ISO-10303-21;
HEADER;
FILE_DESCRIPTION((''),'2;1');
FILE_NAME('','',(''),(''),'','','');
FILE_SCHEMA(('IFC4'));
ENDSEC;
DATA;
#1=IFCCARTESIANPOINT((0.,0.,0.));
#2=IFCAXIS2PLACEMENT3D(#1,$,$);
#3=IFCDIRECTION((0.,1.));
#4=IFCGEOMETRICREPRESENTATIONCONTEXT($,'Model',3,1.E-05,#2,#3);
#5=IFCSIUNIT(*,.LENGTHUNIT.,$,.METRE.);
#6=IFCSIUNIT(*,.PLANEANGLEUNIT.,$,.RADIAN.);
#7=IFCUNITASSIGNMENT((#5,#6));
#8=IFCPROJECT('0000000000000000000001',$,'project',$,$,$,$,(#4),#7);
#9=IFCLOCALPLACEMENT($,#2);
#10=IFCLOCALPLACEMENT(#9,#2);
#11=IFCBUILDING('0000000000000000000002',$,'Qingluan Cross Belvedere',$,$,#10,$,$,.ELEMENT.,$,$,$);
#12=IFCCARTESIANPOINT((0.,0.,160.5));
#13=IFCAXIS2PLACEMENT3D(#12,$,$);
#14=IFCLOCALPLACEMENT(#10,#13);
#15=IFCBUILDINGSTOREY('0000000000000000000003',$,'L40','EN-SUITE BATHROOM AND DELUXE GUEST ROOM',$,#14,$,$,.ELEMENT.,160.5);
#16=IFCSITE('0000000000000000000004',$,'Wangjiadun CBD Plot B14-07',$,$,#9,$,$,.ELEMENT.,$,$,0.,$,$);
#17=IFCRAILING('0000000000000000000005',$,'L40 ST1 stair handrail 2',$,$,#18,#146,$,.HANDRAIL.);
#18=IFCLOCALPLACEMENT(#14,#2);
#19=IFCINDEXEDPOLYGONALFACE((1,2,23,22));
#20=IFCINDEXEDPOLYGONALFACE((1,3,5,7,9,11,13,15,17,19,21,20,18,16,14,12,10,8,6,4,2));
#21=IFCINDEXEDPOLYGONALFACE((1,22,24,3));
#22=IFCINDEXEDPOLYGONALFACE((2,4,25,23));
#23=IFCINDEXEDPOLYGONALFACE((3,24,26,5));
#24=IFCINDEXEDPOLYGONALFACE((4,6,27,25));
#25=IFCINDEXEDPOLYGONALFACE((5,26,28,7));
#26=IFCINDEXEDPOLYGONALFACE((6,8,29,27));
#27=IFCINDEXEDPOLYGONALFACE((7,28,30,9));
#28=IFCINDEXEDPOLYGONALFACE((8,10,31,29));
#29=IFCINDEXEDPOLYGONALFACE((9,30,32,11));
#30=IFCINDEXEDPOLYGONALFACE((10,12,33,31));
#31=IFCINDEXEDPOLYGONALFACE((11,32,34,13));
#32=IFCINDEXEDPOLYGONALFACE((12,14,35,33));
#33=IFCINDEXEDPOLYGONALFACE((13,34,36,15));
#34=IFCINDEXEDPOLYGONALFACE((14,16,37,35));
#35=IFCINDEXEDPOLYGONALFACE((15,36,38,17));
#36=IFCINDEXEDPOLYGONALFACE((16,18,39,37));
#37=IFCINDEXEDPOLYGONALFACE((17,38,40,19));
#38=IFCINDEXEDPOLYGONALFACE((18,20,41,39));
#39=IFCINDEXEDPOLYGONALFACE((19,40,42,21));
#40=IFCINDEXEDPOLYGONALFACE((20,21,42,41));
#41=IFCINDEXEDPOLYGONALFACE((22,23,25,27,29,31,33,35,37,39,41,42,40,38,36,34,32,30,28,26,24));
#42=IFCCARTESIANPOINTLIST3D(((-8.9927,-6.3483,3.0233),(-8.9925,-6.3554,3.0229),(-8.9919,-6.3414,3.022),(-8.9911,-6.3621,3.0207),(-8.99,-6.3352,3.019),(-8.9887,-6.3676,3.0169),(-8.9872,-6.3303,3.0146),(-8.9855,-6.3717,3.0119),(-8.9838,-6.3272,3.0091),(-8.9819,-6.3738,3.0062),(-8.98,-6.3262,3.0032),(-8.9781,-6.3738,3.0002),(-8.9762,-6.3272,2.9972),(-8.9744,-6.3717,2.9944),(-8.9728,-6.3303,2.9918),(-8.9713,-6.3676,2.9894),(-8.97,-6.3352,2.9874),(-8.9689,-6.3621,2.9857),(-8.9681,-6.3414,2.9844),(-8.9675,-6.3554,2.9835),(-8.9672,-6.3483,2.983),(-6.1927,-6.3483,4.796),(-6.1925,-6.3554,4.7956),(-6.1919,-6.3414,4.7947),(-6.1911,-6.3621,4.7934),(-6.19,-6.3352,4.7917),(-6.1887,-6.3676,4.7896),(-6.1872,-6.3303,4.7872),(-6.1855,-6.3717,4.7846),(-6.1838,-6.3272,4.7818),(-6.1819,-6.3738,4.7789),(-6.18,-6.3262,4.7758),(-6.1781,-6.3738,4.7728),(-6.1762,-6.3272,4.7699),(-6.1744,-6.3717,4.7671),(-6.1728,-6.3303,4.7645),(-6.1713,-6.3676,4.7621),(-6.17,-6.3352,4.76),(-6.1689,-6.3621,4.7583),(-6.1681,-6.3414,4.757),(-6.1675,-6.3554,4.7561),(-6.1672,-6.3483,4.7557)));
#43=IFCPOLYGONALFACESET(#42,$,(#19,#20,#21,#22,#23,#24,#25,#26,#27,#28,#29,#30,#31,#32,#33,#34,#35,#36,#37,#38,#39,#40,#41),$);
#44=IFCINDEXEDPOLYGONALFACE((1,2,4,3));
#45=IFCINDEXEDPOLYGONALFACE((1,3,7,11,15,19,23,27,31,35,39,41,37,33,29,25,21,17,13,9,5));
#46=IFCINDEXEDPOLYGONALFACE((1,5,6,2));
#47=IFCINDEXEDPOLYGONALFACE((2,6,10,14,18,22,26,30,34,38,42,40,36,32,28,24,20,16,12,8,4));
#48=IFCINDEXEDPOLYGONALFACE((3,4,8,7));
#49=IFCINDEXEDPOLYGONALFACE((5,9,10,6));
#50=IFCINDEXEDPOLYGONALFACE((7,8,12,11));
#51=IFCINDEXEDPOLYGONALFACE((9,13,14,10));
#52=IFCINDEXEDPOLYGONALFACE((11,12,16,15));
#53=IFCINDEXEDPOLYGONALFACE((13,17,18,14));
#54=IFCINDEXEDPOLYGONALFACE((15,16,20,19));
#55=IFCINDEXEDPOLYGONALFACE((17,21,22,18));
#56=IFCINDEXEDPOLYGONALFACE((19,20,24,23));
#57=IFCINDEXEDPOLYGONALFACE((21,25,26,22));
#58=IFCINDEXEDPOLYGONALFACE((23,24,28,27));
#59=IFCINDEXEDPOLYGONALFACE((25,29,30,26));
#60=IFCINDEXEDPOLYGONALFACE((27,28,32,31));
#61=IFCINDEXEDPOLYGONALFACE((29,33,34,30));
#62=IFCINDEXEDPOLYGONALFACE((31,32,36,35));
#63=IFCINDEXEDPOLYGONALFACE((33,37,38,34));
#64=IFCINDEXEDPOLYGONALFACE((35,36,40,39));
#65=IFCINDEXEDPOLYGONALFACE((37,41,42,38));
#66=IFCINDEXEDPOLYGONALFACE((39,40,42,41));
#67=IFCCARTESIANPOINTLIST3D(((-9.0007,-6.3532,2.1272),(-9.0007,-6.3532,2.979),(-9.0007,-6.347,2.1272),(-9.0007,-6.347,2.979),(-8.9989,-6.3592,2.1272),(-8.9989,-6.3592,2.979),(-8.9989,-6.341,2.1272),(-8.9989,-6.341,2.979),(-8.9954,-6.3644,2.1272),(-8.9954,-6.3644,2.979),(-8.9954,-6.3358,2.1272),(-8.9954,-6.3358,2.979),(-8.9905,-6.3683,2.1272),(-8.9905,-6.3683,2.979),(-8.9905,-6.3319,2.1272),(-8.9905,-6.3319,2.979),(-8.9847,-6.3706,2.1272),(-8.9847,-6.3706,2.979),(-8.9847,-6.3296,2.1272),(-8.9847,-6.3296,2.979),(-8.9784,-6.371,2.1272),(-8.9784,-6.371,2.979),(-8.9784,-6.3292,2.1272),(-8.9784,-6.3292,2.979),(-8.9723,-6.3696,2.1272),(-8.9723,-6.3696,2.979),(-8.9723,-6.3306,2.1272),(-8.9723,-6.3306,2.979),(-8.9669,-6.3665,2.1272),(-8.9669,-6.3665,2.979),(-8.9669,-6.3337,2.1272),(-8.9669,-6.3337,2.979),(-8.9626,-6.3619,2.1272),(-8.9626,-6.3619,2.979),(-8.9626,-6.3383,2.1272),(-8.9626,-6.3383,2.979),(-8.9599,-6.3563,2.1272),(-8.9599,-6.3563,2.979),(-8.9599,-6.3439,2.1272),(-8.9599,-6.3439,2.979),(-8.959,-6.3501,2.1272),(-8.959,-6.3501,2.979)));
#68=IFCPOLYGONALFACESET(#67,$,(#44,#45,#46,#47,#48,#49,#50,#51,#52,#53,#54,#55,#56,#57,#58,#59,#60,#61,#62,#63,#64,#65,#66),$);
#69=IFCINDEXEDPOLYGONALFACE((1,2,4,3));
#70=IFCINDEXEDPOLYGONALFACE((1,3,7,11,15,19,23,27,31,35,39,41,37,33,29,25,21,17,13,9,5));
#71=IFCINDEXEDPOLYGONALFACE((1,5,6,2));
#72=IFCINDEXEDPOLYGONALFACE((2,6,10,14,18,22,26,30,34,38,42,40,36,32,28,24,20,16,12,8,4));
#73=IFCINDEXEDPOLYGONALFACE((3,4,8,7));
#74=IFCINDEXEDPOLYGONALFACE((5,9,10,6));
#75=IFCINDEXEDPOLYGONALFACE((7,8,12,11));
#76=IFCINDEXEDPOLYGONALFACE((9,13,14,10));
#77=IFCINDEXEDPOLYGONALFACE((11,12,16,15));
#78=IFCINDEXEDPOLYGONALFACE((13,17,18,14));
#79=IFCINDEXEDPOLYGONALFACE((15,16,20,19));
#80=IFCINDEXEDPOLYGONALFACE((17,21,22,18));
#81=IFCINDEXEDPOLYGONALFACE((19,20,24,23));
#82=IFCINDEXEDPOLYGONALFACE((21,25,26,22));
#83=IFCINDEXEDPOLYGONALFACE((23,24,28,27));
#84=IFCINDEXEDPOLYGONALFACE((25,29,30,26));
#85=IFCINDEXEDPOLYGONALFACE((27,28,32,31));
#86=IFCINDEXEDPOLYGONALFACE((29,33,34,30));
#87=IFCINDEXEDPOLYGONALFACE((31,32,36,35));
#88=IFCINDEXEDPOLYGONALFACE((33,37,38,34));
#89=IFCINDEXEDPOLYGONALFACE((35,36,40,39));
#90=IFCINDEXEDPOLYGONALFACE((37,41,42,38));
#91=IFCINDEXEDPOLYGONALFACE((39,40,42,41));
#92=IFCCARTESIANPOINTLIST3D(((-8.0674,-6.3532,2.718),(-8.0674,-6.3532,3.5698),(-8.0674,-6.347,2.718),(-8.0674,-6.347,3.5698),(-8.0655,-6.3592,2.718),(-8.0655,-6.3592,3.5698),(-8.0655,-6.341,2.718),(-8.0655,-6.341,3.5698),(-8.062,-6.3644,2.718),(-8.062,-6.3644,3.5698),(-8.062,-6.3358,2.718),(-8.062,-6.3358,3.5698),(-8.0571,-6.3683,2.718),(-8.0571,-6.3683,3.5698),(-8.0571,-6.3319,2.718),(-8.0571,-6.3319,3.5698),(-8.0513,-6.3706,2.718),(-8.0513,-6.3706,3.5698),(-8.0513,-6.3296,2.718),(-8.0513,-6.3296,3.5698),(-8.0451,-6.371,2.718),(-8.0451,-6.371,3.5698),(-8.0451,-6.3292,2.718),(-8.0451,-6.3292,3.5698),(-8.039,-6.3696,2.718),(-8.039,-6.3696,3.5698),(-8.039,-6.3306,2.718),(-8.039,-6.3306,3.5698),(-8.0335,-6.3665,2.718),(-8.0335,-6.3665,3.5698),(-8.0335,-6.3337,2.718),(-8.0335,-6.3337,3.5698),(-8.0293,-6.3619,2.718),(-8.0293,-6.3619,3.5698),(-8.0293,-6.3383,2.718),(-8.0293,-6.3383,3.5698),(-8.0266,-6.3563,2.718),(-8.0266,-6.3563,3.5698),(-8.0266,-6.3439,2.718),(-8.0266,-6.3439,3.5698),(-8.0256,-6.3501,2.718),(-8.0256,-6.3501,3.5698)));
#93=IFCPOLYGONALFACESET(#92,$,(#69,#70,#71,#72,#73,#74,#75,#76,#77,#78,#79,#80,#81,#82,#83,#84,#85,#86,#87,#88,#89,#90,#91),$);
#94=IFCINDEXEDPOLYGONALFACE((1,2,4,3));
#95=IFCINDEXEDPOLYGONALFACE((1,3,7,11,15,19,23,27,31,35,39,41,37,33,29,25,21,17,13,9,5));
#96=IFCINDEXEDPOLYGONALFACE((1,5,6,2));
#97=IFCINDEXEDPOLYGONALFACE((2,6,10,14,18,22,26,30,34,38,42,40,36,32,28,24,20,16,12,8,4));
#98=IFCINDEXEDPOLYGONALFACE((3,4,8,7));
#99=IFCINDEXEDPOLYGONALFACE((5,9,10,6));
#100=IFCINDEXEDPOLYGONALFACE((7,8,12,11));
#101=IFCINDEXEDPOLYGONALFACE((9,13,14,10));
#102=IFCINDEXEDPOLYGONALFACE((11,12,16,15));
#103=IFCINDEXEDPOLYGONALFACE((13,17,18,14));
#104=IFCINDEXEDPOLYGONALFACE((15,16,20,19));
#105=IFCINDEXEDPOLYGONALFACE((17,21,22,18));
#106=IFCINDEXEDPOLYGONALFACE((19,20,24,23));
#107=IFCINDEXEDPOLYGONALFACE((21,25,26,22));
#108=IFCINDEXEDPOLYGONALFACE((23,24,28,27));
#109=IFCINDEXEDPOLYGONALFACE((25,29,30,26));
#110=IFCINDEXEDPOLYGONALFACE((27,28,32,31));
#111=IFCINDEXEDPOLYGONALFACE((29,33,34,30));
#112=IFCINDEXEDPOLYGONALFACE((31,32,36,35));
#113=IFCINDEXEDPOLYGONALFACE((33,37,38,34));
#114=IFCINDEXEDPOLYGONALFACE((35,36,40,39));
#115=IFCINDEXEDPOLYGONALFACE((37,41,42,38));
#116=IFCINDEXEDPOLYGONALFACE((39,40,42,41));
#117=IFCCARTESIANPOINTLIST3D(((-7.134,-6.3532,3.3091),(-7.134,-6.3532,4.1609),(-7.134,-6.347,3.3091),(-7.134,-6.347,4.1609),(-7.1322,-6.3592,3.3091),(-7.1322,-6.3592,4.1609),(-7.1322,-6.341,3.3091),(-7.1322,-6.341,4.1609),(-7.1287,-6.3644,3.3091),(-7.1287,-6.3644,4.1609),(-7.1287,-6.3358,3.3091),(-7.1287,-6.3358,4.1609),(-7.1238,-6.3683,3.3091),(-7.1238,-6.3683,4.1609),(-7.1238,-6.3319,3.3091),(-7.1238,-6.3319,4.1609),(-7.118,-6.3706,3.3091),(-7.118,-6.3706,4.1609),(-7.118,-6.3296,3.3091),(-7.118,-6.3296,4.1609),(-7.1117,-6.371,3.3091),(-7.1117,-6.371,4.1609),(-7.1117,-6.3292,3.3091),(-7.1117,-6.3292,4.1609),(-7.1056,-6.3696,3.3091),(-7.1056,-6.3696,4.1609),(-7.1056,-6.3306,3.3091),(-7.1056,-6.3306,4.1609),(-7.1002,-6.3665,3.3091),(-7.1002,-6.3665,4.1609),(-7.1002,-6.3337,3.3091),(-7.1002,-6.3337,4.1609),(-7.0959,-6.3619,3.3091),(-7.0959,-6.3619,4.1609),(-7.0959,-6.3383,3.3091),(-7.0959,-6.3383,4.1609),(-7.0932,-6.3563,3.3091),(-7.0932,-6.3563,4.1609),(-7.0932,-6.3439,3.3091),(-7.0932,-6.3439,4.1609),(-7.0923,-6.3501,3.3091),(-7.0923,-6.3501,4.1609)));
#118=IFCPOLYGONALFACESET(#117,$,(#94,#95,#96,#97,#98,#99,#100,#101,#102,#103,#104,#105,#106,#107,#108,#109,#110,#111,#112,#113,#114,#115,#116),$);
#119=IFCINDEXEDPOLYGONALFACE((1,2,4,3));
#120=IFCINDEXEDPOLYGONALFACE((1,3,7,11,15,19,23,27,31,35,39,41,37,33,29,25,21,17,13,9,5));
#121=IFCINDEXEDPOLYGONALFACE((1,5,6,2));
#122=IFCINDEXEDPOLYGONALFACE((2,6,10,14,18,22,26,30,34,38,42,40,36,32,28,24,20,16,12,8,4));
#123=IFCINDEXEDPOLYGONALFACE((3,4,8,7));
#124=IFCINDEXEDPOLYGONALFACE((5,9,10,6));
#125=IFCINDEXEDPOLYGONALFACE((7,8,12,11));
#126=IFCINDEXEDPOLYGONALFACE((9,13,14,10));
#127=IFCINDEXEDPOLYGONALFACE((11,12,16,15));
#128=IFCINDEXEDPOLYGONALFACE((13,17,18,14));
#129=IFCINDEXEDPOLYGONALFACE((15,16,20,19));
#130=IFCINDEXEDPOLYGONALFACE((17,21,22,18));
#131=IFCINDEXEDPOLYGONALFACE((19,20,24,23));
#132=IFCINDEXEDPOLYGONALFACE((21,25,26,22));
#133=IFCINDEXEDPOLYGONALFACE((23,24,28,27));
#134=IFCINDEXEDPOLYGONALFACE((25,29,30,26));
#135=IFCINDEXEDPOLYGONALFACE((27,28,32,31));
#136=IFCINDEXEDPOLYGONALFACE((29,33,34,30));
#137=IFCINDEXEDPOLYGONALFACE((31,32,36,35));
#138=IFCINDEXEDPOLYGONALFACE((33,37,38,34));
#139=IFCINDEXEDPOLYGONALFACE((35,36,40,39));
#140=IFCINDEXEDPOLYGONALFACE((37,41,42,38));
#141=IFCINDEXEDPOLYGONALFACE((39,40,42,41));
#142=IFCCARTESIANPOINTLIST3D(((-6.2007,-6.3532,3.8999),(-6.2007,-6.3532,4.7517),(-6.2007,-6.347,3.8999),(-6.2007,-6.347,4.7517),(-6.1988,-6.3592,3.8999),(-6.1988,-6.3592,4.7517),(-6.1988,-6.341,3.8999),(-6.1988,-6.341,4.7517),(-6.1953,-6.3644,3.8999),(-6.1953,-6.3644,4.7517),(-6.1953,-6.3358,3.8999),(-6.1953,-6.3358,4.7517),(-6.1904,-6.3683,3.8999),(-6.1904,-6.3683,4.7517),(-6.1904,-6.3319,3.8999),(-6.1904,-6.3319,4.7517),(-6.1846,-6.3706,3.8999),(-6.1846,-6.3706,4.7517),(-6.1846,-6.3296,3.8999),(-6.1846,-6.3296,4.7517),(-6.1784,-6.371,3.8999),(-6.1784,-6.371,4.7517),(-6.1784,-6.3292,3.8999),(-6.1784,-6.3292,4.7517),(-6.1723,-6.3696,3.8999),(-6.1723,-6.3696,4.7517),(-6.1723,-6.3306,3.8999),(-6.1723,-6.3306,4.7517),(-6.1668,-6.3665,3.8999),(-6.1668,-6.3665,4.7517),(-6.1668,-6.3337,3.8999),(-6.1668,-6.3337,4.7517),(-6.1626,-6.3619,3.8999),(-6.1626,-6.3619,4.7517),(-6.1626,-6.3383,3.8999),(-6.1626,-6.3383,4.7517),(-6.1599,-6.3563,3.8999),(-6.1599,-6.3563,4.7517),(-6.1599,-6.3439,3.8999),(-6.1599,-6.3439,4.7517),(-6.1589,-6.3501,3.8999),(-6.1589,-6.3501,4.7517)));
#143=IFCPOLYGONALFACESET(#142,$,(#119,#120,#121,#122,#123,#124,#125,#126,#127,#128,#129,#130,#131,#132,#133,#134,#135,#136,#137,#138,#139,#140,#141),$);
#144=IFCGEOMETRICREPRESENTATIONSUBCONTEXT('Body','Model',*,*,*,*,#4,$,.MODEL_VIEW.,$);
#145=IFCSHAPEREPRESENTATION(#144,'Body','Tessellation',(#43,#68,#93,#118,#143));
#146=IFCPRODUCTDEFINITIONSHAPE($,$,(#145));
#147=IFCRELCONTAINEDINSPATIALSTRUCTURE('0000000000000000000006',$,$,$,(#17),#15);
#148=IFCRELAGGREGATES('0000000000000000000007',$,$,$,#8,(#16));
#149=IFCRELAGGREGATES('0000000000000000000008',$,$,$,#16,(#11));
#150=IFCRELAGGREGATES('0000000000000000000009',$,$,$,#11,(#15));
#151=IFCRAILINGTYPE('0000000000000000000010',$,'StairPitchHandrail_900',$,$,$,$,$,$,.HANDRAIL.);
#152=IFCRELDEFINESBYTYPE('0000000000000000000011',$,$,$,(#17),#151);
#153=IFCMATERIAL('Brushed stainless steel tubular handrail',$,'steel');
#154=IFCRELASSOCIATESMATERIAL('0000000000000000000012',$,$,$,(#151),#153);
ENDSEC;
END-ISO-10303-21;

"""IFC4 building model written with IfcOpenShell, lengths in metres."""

from ifc_helpers import new_model, si_unit, direction, frame, origin, origin_2d, place, context, subcontext, project, spatial, circle, extrude, material, type_object, element, save


model = new_model("IFC4")

# Units and contexts
model_context = context("Model", 3, precision=1e-05, world=origin(), true_north=direction((0.0, 1.0)))
body_context = subcontext(model_context, "Body", "Model", "MODEL_VIEW")
ifc_project = project(units=[si_unit("LENGTHUNIT", "METRE"), si_unit("PLANEANGLEUNIT", "RADIAN")], contexts=[model_context])

# Site, building, storey
site_placement = place(None, origin())
site = spatial("IfcSite", under=ifc_project, at=site_placement, Name="Wangjiadun CBD Plot B14-07", CompositionType="ELEMENT", RefElevation=0.0)
building_placement = place(site_placement, origin())
building = spatial("IfcBuilding", under=site, at=building_placement, Name="Qingluan Cross Belvedere", CompositionType="ELEMENT")
storey_placement = place(building_placement, frame((0.0, 0.0, 160.5)))
storey = spatial("IfcBuildingStorey", under=building, at=storey_placement, Name="L40", Description="EN-SUITE BATHROOM AND DELUXE GUEST ROOM", CompositionType="ELEMENT", Elevation=160.5)

# Railing
ifc_material_1 = material(Name="Brushed stainless steel tubular handrail", Category="steel")
railing_type_1 = type_object("IfcRailingType", Name="StairPitchHandrail_900", PredefinedType="HANDRAIL", material=ifc_material_1)
railing_1_placement = place(storey_placement, frame((-8.98, -6.3501, 2.1272)))
element("IfcRailing", 1, at=railing_1_placement, inside=storey, type_object=railing_type_1, Name="L40 ST1 stair handrail 2", PredefinedType="HANDRAIL", context=body_context, shape_type="SweptSolid", body=[
    extrude(circle(Radius=0.0239, at=origin_2d()), frame((0.0, 0.0, 0.876), z_axis=(0.844909, 0.0, 0.53491), x_axis=(0.0, 1.0, 0.0)), (0.0, 0.0, 1.0), 3.314),
    extrude(circle(Radius=0.021, at=origin_2d()), origin(), (0.0, 0.0, 1.0), 0.8518),
    extrude(circle(Radius=0.021, at=origin_2d()), frame((0.9333, 0.0, 0.5908)), (0.0, 0.0, 1.0), 0.8518),
    extrude(circle(Radius=0.021, at=origin_2d()), frame((1.8667, 0.0, 1.1819)), (0.0, 0.0, 1.0), 0.8518),
    extrude(circle(Radius=0.021, at=origin_2d()), frame((2.8, 0.0, 1.7727)), (0.0, 0.0, 1.0), 0.8518),
])

save(model, "model.ifc")
